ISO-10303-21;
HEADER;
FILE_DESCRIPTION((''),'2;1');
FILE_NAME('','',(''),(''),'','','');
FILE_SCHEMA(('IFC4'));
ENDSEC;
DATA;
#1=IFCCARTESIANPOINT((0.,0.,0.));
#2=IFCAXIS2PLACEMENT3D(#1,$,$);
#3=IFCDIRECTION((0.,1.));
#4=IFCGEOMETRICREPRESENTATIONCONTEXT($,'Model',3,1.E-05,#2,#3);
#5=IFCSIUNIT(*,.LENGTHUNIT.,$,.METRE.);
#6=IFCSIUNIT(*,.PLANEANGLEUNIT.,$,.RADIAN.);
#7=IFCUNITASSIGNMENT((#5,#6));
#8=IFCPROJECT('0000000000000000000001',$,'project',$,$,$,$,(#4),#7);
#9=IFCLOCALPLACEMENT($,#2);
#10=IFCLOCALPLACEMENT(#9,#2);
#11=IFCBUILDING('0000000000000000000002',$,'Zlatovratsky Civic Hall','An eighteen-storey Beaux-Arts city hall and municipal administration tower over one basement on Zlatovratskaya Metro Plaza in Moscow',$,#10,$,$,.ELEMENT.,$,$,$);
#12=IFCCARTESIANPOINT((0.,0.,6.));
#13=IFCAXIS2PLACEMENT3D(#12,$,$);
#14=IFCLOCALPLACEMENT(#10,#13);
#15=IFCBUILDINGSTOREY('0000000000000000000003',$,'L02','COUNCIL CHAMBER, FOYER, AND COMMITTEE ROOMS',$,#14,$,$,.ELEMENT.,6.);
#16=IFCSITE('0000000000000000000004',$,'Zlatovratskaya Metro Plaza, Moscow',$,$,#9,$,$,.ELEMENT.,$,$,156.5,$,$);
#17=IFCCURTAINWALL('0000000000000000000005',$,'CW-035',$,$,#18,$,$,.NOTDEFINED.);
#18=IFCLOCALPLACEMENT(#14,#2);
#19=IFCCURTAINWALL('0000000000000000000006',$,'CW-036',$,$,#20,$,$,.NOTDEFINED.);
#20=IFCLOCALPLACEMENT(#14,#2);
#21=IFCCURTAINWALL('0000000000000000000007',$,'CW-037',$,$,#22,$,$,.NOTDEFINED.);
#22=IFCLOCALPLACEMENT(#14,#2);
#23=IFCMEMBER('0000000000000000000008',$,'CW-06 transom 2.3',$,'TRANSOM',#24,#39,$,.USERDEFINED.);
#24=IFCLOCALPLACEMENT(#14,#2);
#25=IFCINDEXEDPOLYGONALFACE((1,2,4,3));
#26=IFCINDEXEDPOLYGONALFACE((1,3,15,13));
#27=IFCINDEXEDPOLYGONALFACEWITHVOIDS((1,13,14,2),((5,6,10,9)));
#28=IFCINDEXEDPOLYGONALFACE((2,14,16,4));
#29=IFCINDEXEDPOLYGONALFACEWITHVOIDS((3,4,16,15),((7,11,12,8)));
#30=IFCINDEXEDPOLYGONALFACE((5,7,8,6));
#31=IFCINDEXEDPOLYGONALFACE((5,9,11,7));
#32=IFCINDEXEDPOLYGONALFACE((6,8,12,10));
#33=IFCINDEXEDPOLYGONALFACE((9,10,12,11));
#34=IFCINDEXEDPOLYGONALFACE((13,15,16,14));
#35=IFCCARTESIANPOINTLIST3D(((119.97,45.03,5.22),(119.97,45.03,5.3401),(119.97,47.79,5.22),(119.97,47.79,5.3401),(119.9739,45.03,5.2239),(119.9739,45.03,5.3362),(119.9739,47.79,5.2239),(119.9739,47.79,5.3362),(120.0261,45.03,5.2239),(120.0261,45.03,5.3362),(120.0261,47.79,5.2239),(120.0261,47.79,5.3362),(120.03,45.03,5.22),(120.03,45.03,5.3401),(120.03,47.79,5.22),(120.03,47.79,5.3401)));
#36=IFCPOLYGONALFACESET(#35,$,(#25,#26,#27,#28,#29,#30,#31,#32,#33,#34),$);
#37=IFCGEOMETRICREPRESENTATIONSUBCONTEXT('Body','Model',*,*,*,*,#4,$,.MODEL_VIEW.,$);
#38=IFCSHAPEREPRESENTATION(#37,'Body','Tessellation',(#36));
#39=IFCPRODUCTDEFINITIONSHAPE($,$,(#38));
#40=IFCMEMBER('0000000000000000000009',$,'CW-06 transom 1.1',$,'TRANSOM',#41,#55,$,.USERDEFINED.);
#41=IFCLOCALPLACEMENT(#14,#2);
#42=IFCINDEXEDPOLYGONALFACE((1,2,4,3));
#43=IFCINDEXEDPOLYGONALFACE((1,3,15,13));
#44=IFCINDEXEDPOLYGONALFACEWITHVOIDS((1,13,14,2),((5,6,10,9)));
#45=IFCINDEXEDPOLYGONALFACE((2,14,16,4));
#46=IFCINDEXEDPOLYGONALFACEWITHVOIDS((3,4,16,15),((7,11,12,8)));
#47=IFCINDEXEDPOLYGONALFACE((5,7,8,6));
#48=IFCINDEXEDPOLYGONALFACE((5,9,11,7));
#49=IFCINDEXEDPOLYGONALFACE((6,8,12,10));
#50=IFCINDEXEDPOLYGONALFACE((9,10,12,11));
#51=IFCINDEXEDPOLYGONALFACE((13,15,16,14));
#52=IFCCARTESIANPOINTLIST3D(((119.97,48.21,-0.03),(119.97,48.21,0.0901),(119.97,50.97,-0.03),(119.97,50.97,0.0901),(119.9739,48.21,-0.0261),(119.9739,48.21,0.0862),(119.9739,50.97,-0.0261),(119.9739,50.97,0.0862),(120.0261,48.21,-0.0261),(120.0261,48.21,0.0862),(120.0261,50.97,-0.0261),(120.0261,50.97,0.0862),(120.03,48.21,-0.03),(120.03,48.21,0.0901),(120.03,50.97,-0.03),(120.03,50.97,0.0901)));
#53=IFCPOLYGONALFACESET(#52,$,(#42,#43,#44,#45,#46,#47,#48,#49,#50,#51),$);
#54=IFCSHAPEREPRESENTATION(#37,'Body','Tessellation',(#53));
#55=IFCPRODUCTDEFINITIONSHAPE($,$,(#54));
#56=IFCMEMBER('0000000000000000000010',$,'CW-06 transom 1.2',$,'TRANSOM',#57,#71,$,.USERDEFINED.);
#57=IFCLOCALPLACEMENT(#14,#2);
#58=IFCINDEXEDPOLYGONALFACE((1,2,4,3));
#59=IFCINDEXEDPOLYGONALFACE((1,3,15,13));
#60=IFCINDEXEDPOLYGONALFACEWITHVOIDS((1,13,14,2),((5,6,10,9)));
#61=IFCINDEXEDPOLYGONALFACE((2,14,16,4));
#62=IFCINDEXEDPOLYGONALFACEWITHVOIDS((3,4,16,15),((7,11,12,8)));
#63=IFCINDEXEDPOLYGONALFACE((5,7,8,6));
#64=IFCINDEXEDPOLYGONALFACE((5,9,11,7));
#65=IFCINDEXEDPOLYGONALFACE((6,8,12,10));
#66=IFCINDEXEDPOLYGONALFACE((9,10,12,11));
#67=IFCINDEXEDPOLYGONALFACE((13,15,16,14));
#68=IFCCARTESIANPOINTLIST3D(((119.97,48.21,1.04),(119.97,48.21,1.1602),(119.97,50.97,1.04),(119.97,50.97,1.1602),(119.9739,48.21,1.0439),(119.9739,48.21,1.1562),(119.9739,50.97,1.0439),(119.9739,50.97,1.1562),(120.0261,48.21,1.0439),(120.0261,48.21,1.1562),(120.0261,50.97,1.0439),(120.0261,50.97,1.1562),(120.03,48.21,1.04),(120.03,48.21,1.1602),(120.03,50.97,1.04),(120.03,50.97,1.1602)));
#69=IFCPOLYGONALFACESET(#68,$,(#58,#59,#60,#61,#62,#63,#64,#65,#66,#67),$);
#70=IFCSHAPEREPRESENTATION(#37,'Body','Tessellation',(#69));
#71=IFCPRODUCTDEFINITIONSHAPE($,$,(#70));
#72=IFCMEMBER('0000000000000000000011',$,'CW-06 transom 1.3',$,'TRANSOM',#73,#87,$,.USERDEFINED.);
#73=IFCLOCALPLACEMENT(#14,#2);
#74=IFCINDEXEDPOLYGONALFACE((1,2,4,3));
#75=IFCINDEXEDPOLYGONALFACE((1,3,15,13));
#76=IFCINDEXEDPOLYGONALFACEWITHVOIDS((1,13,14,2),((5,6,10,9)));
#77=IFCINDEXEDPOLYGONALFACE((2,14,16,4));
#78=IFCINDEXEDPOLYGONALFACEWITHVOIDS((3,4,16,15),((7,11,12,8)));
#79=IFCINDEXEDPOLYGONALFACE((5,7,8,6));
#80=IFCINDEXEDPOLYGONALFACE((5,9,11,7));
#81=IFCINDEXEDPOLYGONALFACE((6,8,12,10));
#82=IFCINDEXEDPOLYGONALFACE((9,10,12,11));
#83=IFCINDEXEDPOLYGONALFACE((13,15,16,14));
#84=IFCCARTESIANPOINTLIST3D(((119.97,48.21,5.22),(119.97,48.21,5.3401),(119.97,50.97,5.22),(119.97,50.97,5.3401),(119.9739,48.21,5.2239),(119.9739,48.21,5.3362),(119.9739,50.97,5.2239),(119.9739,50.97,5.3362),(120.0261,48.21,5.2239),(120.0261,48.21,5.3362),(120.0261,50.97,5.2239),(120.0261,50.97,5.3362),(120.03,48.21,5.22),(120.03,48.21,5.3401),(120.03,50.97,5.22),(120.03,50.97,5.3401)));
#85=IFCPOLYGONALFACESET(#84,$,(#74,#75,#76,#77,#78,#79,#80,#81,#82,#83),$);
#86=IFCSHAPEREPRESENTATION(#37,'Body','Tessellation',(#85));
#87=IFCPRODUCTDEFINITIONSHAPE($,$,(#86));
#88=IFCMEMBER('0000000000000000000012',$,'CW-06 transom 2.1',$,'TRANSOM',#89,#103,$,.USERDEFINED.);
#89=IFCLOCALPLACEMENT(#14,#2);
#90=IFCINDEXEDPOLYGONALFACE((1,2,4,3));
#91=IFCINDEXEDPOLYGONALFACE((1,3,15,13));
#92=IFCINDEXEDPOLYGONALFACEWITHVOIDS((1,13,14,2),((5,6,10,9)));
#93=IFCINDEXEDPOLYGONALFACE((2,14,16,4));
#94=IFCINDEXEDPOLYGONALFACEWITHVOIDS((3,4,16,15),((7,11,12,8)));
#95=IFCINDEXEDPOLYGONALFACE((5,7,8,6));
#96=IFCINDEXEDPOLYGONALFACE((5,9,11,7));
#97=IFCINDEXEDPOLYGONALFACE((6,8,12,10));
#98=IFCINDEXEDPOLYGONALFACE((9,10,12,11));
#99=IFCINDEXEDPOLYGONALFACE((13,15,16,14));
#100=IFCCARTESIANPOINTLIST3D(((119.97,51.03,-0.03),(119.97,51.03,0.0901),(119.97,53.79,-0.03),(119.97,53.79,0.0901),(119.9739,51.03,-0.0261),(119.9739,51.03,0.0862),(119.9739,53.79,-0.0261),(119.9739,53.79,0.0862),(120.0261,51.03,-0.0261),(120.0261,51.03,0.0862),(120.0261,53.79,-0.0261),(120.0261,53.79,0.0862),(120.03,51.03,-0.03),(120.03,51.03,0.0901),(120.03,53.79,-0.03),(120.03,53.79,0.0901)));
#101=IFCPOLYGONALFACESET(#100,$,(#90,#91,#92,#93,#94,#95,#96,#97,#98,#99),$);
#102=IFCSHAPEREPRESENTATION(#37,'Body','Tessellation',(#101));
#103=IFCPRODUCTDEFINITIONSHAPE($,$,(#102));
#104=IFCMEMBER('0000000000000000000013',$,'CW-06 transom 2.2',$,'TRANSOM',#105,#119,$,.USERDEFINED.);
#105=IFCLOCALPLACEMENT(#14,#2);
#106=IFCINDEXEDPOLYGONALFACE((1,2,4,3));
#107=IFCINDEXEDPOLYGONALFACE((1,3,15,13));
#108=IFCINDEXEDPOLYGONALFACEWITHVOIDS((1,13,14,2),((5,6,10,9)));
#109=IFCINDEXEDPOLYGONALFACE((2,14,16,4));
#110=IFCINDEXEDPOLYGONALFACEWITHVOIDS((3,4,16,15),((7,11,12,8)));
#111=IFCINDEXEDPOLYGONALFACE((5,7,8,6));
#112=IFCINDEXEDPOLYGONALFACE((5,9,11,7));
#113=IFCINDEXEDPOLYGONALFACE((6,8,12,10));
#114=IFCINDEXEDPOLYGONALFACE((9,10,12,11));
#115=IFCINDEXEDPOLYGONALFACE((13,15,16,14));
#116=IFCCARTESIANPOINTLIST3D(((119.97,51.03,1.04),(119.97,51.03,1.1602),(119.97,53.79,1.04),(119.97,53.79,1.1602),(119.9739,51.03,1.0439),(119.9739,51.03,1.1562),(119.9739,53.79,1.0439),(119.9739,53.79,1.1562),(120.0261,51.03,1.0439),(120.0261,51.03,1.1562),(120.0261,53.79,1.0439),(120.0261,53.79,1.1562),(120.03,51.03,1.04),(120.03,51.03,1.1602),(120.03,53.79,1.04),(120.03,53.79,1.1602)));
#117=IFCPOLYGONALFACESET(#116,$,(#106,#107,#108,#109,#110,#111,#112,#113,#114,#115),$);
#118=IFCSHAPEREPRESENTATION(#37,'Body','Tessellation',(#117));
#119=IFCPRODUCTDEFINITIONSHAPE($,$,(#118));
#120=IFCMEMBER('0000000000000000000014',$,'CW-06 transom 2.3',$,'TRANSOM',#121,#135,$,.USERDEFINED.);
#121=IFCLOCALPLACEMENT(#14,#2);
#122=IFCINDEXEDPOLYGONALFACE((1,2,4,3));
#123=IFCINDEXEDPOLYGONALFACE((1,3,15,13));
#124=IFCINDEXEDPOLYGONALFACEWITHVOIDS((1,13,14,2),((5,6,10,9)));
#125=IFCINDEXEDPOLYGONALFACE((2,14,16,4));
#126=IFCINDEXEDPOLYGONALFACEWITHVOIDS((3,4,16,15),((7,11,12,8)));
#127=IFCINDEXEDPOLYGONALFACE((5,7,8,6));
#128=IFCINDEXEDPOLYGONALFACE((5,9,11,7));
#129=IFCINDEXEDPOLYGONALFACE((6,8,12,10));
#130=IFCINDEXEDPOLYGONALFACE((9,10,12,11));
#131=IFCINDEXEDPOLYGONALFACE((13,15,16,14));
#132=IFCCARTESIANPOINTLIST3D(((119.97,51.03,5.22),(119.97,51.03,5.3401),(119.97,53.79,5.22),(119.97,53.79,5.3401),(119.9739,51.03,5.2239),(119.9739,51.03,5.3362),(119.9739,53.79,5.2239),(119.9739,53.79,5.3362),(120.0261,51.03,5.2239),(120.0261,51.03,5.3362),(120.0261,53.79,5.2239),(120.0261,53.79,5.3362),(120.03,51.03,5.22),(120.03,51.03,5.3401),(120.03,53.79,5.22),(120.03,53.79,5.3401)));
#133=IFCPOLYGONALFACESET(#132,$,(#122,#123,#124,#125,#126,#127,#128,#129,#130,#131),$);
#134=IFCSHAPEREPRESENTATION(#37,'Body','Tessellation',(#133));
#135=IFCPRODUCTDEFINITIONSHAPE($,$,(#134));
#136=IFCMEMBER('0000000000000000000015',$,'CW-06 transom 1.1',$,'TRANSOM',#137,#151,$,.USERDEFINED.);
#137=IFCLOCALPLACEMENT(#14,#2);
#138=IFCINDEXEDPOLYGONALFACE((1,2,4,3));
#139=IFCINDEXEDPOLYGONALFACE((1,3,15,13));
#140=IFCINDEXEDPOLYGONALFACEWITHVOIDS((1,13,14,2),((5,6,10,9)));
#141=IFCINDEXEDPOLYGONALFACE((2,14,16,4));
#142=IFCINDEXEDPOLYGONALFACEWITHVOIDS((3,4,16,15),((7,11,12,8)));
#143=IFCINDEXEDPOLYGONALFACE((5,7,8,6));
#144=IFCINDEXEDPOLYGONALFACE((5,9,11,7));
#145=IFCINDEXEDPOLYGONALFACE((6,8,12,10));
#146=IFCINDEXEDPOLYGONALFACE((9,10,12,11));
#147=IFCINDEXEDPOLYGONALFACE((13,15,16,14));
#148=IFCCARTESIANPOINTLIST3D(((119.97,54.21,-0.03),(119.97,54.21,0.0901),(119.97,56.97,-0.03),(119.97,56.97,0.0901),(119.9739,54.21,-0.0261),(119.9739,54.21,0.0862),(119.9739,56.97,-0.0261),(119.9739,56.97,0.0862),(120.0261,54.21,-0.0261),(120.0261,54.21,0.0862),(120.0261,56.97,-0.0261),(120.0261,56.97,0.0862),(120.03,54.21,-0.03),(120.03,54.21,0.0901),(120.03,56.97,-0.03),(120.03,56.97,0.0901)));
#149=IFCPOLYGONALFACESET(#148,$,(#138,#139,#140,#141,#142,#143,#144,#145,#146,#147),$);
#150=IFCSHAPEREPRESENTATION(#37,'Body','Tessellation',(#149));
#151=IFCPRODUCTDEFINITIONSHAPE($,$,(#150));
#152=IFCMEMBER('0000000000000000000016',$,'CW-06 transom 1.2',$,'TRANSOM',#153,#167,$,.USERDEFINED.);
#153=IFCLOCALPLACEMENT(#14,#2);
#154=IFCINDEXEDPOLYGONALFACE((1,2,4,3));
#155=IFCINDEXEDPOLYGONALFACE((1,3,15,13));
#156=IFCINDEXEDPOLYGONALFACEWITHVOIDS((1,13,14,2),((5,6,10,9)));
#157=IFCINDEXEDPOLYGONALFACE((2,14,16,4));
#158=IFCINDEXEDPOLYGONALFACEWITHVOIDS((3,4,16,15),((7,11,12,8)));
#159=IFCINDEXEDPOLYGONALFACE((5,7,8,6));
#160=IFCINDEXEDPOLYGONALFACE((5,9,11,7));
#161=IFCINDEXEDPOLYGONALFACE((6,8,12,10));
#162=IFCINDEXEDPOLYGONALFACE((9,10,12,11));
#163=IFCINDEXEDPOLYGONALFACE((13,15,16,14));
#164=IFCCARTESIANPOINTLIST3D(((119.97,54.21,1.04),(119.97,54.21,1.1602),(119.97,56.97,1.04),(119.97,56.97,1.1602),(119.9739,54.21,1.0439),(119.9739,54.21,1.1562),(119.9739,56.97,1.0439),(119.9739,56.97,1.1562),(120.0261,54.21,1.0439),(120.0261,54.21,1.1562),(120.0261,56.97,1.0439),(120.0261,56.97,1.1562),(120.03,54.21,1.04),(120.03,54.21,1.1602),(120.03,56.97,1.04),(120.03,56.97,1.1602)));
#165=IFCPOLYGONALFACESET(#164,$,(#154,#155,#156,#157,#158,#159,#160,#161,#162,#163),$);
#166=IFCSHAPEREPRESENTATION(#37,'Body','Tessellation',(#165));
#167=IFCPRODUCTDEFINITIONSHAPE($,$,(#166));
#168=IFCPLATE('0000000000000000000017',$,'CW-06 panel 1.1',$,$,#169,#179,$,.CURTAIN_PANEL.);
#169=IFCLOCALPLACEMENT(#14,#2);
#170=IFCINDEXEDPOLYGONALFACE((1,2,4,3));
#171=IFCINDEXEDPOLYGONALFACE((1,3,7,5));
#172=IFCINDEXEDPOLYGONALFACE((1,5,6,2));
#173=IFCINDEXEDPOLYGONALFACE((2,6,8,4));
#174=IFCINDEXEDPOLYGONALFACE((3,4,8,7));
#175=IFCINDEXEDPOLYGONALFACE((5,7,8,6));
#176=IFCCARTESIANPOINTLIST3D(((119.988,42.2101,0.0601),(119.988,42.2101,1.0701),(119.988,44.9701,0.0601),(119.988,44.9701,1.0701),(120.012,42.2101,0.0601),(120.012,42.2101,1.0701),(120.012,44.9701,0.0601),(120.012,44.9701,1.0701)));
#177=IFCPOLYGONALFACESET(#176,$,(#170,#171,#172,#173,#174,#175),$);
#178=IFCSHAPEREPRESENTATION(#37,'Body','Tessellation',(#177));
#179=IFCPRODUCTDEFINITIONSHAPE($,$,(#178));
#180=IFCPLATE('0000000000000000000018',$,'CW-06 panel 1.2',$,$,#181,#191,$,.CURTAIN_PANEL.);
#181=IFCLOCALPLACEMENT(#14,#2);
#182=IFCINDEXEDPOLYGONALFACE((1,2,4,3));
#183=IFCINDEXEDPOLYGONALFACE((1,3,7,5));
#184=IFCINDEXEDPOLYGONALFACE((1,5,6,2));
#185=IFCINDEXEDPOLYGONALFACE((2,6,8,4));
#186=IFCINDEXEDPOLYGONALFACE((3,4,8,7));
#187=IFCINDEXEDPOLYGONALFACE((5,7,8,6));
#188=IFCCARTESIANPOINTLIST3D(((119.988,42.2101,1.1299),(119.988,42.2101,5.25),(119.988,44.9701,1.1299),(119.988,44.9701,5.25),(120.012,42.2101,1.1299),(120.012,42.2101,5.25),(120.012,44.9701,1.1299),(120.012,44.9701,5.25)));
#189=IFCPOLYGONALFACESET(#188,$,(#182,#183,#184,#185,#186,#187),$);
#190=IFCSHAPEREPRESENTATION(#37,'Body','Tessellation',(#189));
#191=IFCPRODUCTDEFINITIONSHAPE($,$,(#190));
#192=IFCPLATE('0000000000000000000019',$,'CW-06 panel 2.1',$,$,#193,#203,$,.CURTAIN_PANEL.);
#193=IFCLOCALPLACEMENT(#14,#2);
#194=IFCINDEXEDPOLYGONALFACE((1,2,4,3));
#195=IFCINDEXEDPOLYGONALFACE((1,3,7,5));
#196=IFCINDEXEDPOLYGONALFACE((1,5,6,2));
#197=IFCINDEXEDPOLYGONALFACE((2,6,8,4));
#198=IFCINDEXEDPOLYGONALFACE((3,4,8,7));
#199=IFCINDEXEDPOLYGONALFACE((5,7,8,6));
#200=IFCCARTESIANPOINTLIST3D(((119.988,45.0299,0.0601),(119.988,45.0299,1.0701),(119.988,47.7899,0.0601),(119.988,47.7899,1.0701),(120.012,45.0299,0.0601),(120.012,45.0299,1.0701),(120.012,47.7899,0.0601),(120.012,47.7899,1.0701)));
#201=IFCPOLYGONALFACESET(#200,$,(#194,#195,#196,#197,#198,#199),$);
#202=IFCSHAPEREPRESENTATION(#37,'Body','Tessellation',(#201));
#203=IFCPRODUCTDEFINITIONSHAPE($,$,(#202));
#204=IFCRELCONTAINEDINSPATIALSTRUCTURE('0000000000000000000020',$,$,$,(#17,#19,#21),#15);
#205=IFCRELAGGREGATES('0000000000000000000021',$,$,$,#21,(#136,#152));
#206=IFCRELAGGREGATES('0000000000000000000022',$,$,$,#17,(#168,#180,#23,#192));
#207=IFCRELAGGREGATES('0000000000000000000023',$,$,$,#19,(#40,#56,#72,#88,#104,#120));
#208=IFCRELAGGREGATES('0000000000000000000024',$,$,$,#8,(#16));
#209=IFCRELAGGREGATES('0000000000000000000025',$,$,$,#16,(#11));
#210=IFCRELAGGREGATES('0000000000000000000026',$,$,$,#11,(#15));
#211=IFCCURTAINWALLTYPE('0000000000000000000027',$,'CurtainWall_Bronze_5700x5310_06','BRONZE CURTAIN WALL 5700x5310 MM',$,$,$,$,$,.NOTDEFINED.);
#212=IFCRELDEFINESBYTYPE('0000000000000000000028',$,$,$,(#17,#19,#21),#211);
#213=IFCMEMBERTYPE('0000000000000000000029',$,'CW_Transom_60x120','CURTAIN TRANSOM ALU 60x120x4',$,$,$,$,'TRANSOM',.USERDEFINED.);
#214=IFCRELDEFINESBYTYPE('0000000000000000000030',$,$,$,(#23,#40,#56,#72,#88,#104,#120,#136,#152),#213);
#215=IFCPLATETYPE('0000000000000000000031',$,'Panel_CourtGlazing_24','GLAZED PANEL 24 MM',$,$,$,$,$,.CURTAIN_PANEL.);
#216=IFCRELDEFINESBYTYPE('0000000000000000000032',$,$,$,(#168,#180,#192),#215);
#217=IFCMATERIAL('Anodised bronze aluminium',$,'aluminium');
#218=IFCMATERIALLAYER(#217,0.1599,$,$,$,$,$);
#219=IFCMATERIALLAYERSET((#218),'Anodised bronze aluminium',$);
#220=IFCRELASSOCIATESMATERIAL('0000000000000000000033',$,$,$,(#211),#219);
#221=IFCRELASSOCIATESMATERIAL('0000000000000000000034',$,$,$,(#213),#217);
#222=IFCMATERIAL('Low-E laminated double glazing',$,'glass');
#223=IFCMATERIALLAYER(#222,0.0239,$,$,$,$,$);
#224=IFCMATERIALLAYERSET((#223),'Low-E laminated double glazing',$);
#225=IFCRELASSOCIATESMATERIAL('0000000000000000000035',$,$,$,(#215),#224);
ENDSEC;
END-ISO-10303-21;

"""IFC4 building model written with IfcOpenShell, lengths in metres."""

from ifc_helpers import new_model, si_unit, direction, frame, origin, origin_2d, place, context, subcontext, project, spatial, rectangle, hollow_rectangle, extrude, material, layer, layer_set, material_profile, profile_set, type_object, element, aggregate, save


model = new_model("IFC4")

# Units and contexts
model_context = context("Model", 3, precision=1e-05, world=origin(), true_north=direction((0.0, 1.0)))
body_context = subcontext(model_context, "Body", "Model", "MODEL_VIEW")
ifc_project = project(units=[si_unit("LENGTHUNIT", "METRE"), si_unit("PLANEANGLEUNIT", "RADIAN")], contexts=[model_context])

# Site, building, storey
site_placement = place(None, origin())
site = spatial("IfcSite", under=ifc_project, at=site_placement, Name="Zlatovratskaya Metro Plaza, Moscow", CompositionType="ELEMENT", RefElevation=156.5)
building_placement = place(site_placement, origin())
building = spatial("IfcBuilding", under=site, at=building_placement, Name="Zlatovratsky Civic Hall", Description="An eighteen-storey Beaux-Arts city hall and municipal administration tower over one basement on Zlatovratskaya Metro Plaza in Moscow", CompositionType="ELEMENT")
storey_placement = place(building_placement, frame((0.0, 0.0, 6.0)))
storey = spatial("IfcBuildingStorey", under=building, at=storey_placement, Name="L02", Description="COUNCIL CHAMBER, FOYER, AND COMMITTEE ROOMS", CompositionType="ELEMENT", Elevation=6.0)

# Curtain walls
ifc_material_1 = material(Name="Anodised bronze aluminium", Category="aluminium")
ifc_layer_1 = layer(ifc_material_1, 0.1599)
ifc_layer_set_1 = layer_set([ifc_layer_1], Name="Anodised bronze aluminium")
curtain_wall_type = type_object("IfcCurtainWallType", Name="CurtainWall_Bronze_5700x5310_06", Description="BRONZE CURTAIN WALL 5700x5310 MM", PredefinedType="NOTDEFINED", material=ifc_layer_set_1)
curtain_wall_1_placement = place(storey_placement, origin())
curtain_wall_1 = element("IfcCurtainWall", 1, at=curtain_wall_1_placement, inside=storey, type_object=curtain_wall_type, Name="CW-035", PredefinedType="NOTDEFINED")
curtain_wall_2_placement = place(storey_placement, origin())
curtain_wall_2 = element("IfcCurtainWall", 2, at=curtain_wall_2_placement, inside=storey, type_object=curtain_wall_type, Name="CW-036", PredefinedType="NOTDEFINED")

# Curtain wall
curtain_wall_3_placement = place(storey_placement, origin())
curtain_wall_3 = element("IfcCurtainWall", 3, at=curtain_wall_3_placement, inside=storey, type_object=curtain_wall_type, Name="CW-037", PredefinedType="NOTDEFINED")

# Members
ifc_material_profile_1 = material_profile(ifc_material_1, hollow_rectangle(XDim=0.0601, YDim=0.1201, WallThickness=0.0039, at=origin_2d()), Name="ALU 60x120x4")
ifc_profile_set_1 = profile_set([ifc_material_profile_1], Name="Anodised bronze aluminium")
member_type_1 = type_object("IfcMemberType", Name="CW_Transom_60x120", Description="CURTAIN TRANSOM ALU 60x120x4", ElementType="TRANSOM", PredefinedType="USERDEFINED", material=ifc_profile_set_1)
member_1_placement = place(storey_placement, frame((120.0, 45.03, 5.28), z_axis=(0.0, 1.0, 0.0), x_axis=(-1.0, 0.0, 0.0)))
member_1 = element("IfcMember", 4, at=member_1_placement, type_object=member_type_1, Name="CW-06 transom 2.3", ObjectType="TRANSOM", PredefinedType="USERDEFINED", context=body_context, shape_type="SweptSolid", body=[
    extrude(hollow_rectangle(XDim=0.0601, YDim=0.1201, WallThickness=0.0039, at=origin_2d()), origin(), (0.0, 0.0, 1.0), 2.76),
])
member_2_placement = place(storey_placement, frame((120.0, 48.21, 0.03), z_axis=(0.0, 1.0, 0.0), x_axis=(-1.0, 0.0, 0.0)))
member_2 = element("IfcMember", 5, at=member_2_placement, type_object=member_type_1, Name="CW-06 transom 1.1", ObjectType="TRANSOM", PredefinedType="USERDEFINED", context=body_context, shape_type="SweptSolid", body=[
    extrude(hollow_rectangle(XDim=0.0601, YDim=0.1201, WallThickness=0.0039, at=origin_2d()), origin(), (0.0, 0.0, 1.0), 2.76),
])
member_3_placement = place(storey_placement, frame((120.0, 48.21, 1.1001), z_axis=(0.0, 1.0, 0.0), x_axis=(-1.0, 0.0, 0.0)))
member_3 = element("IfcMember", 6, at=member_3_placement, type_object=member_type_1, Name="CW-06 transom 1.2", ObjectType="TRANSOM", PredefinedType="USERDEFINED", context=body_context, shape_type="SweptSolid", body=[
    extrude(hollow_rectangle(XDim=0.0601, YDim=0.1201, WallThickness=0.0039, at=origin_2d()), origin(), (0.0, 0.0, 1.0), 2.76),
])
member_4_placement = place(storey_placement, frame((120.0, 48.21, 5.28), z_axis=(0.0, 1.0, 0.0), x_axis=(-1.0, 0.0, 0.0)))
member_4 = element("IfcMember", 7, at=member_4_placement, type_object=member_type_1, Name="CW-06 transom 1.3", ObjectType="TRANSOM", PredefinedType="USERDEFINED", context=body_context, shape_type="SweptSolid", body=[
    extrude(hollow_rectangle(XDim=0.0601, YDim=0.1201, WallThickness=0.0039, at=origin_2d()), origin(), (0.0, 0.0, 1.0), 2.76),
])
member_5_placement = place(storey_placement, frame((120.0, 51.03, 0.03), z_axis=(0.0, 1.0, 0.0), x_axis=(-1.0, 0.0, 0.0)))
member_5 = element("IfcMember", 8, at=member_5_placement, type_object=member_type_1, Name="CW-06 transom 2.1", ObjectType="TRANSOM", PredefinedType="USERDEFINED", context=body_context, shape_type="SweptSolid", body=[
    extrude(hollow_rectangle(XDim=0.0601, YDim=0.1201, WallThickness=0.0039, at=origin_2d()), origin(), (0.0, 0.0, 1.0), 2.76),
])
member_6_placement = place(storey_placement, frame((120.0, 51.03, 1.1001), z_axis=(0.0, 1.0, 0.0), x_axis=(-1.0, 0.0, 0.0)))
member_6 = element("IfcMember", 9, at=member_6_placement, type_object=member_type_1, Name="CW-06 transom 2.2", ObjectType="TRANSOM", PredefinedType="USERDEFINED", context=body_context, shape_type="SweptSolid", body=[
    extrude(hollow_rectangle(XDim=0.0601, YDim=0.1201, WallThickness=0.0039, at=origin_2d()), origin(), (0.0, 0.0, 1.0), 2.76),
])
member_7_placement = place(storey_placement, frame((120.0, 51.03, 5.28), z_axis=(0.0, 1.0, 0.0), x_axis=(-1.0, 0.0, 0.0)))
member_7 = element("IfcMember", 10, at=member_7_placement, type_object=member_type_1, Name="CW-06 transom 2.3", ObjectType="TRANSOM", PredefinedType="USERDEFINED", context=body_context, shape_type="SweptSolid", body=[
    extrude(hollow_rectangle(XDim=0.0601, YDim=0.1201, WallThickness=0.0039, at=origin_2d()), origin(), (0.0, 0.0, 1.0), 2.76),
])
member_8_placement = place(storey_placement, frame((120.0, 54.21, 0.03), z_axis=(0.0, 1.0, 0.0), x_axis=(-1.0, 0.0, 0.0)))
member_8 = element("IfcMember", 11, at=member_8_placement, type_object=member_type_1, Name="CW-06 transom 1.1", ObjectType="TRANSOM", PredefinedType="USERDEFINED", context=body_context, shape_type="SweptSolid", body=[
    extrude(hollow_rectangle(XDim=0.0601, YDim=0.1201, WallThickness=0.0039, at=origin_2d()), origin(), (0.0, 0.0, 1.0), 2.76),
])
member_9_placement = place(storey_placement, frame((120.0, 54.21, 1.1001), z_axis=(0.0, 1.0, 0.0), x_axis=(-1.0, 0.0, 0.0)))
member_9 = element("IfcMember", 12, at=member_9_placement, type_object=member_type_1, Name="CW-06 transom 1.2", ObjectType="TRANSOM", PredefinedType="USERDEFINED", context=body_context, shape_type="SweptSolid", body=[
    extrude(hollow_rectangle(XDim=0.0601, YDim=0.1201, WallThickness=0.0039, at=origin_2d()), origin(), (0.0, 0.0, 1.0), 2.76),
])
aggregate(curtain_wall_3, [member_8, member_9])

# Plates
ifc_material_2 = material(Name="Low-E laminated double glazing", Category="glass")
ifc_layer_2 = layer(ifc_material_2, 0.0239)
ifc_layer_set_2 = layer_set([ifc_layer_2], Name="Low-E laminated double glazing")
plate_type = type_object("IfcPlateType", Name="Panel_CourtGlazing_24", Description="GLAZED PANEL 24 MM", PredefinedType="CURTAIN_PANEL", material=ifc_layer_set_2)
plate_1_placement = place(storey_placement, frame((120.0, 43.5901, 0.0601), z_axis=(0.0, 0.0, 1.0), x_axis=(0.0, 1.0, 0.0)))
plate_1 = element("IfcPlate", 13, at=plate_1_placement, type_object=plate_type, Name="CW-06 panel 1.1", PredefinedType="CURTAIN_PANEL", context=body_context, shape_type="SweptSolid", body=[
    extrude(rectangle(XDim=2.76, YDim=0.0239, at=origin_2d()), origin(), (0.0, 0.0, 1.0), 1.01),
])
plate_2_placement = place(storey_placement, frame((120.0, 43.5901, 1.1299), z_axis=(0.0, 0.0, 1.0), x_axis=(0.0, 1.0, 0.0)))
plate_2 = element("IfcPlate", 14, at=plate_2_placement, type_object=plate_type, Name="CW-06 panel 1.2", PredefinedType="CURTAIN_PANEL", context=body_context, shape_type="SweptSolid", body=[
    extrude(rectangle(XDim=2.76, YDim=0.0239, at=origin_2d()), origin(), (0.0, 0.0, 1.0), 4.1201),
])
plate_3_placement = place(storey_placement, frame((120.0, 46.4099, 0.0601), z_axis=(0.0, 0.0, 1.0), x_axis=(0.0, 1.0, 0.0)))
plate_3 = element("IfcPlate", 15, at=plate_3_placement, type_object=plate_type, Name="CW-06 panel 2.1", PredefinedType="CURTAIN_PANEL", context=body_context, shape_type="SweptSolid", body=[
    extrude(rectangle(XDim=2.76, YDim=0.0239, at=origin_2d()), origin(), (0.0, 0.0, 1.0), 1.01),
])
aggregate(curtain_wall_1, [plate_1, plate_2, member_1, plate_3])
aggregate(curtain_wall_2, [member_2, member_3, member_4, member_5, member_6, member_7])

save(model, "model.ifc")
